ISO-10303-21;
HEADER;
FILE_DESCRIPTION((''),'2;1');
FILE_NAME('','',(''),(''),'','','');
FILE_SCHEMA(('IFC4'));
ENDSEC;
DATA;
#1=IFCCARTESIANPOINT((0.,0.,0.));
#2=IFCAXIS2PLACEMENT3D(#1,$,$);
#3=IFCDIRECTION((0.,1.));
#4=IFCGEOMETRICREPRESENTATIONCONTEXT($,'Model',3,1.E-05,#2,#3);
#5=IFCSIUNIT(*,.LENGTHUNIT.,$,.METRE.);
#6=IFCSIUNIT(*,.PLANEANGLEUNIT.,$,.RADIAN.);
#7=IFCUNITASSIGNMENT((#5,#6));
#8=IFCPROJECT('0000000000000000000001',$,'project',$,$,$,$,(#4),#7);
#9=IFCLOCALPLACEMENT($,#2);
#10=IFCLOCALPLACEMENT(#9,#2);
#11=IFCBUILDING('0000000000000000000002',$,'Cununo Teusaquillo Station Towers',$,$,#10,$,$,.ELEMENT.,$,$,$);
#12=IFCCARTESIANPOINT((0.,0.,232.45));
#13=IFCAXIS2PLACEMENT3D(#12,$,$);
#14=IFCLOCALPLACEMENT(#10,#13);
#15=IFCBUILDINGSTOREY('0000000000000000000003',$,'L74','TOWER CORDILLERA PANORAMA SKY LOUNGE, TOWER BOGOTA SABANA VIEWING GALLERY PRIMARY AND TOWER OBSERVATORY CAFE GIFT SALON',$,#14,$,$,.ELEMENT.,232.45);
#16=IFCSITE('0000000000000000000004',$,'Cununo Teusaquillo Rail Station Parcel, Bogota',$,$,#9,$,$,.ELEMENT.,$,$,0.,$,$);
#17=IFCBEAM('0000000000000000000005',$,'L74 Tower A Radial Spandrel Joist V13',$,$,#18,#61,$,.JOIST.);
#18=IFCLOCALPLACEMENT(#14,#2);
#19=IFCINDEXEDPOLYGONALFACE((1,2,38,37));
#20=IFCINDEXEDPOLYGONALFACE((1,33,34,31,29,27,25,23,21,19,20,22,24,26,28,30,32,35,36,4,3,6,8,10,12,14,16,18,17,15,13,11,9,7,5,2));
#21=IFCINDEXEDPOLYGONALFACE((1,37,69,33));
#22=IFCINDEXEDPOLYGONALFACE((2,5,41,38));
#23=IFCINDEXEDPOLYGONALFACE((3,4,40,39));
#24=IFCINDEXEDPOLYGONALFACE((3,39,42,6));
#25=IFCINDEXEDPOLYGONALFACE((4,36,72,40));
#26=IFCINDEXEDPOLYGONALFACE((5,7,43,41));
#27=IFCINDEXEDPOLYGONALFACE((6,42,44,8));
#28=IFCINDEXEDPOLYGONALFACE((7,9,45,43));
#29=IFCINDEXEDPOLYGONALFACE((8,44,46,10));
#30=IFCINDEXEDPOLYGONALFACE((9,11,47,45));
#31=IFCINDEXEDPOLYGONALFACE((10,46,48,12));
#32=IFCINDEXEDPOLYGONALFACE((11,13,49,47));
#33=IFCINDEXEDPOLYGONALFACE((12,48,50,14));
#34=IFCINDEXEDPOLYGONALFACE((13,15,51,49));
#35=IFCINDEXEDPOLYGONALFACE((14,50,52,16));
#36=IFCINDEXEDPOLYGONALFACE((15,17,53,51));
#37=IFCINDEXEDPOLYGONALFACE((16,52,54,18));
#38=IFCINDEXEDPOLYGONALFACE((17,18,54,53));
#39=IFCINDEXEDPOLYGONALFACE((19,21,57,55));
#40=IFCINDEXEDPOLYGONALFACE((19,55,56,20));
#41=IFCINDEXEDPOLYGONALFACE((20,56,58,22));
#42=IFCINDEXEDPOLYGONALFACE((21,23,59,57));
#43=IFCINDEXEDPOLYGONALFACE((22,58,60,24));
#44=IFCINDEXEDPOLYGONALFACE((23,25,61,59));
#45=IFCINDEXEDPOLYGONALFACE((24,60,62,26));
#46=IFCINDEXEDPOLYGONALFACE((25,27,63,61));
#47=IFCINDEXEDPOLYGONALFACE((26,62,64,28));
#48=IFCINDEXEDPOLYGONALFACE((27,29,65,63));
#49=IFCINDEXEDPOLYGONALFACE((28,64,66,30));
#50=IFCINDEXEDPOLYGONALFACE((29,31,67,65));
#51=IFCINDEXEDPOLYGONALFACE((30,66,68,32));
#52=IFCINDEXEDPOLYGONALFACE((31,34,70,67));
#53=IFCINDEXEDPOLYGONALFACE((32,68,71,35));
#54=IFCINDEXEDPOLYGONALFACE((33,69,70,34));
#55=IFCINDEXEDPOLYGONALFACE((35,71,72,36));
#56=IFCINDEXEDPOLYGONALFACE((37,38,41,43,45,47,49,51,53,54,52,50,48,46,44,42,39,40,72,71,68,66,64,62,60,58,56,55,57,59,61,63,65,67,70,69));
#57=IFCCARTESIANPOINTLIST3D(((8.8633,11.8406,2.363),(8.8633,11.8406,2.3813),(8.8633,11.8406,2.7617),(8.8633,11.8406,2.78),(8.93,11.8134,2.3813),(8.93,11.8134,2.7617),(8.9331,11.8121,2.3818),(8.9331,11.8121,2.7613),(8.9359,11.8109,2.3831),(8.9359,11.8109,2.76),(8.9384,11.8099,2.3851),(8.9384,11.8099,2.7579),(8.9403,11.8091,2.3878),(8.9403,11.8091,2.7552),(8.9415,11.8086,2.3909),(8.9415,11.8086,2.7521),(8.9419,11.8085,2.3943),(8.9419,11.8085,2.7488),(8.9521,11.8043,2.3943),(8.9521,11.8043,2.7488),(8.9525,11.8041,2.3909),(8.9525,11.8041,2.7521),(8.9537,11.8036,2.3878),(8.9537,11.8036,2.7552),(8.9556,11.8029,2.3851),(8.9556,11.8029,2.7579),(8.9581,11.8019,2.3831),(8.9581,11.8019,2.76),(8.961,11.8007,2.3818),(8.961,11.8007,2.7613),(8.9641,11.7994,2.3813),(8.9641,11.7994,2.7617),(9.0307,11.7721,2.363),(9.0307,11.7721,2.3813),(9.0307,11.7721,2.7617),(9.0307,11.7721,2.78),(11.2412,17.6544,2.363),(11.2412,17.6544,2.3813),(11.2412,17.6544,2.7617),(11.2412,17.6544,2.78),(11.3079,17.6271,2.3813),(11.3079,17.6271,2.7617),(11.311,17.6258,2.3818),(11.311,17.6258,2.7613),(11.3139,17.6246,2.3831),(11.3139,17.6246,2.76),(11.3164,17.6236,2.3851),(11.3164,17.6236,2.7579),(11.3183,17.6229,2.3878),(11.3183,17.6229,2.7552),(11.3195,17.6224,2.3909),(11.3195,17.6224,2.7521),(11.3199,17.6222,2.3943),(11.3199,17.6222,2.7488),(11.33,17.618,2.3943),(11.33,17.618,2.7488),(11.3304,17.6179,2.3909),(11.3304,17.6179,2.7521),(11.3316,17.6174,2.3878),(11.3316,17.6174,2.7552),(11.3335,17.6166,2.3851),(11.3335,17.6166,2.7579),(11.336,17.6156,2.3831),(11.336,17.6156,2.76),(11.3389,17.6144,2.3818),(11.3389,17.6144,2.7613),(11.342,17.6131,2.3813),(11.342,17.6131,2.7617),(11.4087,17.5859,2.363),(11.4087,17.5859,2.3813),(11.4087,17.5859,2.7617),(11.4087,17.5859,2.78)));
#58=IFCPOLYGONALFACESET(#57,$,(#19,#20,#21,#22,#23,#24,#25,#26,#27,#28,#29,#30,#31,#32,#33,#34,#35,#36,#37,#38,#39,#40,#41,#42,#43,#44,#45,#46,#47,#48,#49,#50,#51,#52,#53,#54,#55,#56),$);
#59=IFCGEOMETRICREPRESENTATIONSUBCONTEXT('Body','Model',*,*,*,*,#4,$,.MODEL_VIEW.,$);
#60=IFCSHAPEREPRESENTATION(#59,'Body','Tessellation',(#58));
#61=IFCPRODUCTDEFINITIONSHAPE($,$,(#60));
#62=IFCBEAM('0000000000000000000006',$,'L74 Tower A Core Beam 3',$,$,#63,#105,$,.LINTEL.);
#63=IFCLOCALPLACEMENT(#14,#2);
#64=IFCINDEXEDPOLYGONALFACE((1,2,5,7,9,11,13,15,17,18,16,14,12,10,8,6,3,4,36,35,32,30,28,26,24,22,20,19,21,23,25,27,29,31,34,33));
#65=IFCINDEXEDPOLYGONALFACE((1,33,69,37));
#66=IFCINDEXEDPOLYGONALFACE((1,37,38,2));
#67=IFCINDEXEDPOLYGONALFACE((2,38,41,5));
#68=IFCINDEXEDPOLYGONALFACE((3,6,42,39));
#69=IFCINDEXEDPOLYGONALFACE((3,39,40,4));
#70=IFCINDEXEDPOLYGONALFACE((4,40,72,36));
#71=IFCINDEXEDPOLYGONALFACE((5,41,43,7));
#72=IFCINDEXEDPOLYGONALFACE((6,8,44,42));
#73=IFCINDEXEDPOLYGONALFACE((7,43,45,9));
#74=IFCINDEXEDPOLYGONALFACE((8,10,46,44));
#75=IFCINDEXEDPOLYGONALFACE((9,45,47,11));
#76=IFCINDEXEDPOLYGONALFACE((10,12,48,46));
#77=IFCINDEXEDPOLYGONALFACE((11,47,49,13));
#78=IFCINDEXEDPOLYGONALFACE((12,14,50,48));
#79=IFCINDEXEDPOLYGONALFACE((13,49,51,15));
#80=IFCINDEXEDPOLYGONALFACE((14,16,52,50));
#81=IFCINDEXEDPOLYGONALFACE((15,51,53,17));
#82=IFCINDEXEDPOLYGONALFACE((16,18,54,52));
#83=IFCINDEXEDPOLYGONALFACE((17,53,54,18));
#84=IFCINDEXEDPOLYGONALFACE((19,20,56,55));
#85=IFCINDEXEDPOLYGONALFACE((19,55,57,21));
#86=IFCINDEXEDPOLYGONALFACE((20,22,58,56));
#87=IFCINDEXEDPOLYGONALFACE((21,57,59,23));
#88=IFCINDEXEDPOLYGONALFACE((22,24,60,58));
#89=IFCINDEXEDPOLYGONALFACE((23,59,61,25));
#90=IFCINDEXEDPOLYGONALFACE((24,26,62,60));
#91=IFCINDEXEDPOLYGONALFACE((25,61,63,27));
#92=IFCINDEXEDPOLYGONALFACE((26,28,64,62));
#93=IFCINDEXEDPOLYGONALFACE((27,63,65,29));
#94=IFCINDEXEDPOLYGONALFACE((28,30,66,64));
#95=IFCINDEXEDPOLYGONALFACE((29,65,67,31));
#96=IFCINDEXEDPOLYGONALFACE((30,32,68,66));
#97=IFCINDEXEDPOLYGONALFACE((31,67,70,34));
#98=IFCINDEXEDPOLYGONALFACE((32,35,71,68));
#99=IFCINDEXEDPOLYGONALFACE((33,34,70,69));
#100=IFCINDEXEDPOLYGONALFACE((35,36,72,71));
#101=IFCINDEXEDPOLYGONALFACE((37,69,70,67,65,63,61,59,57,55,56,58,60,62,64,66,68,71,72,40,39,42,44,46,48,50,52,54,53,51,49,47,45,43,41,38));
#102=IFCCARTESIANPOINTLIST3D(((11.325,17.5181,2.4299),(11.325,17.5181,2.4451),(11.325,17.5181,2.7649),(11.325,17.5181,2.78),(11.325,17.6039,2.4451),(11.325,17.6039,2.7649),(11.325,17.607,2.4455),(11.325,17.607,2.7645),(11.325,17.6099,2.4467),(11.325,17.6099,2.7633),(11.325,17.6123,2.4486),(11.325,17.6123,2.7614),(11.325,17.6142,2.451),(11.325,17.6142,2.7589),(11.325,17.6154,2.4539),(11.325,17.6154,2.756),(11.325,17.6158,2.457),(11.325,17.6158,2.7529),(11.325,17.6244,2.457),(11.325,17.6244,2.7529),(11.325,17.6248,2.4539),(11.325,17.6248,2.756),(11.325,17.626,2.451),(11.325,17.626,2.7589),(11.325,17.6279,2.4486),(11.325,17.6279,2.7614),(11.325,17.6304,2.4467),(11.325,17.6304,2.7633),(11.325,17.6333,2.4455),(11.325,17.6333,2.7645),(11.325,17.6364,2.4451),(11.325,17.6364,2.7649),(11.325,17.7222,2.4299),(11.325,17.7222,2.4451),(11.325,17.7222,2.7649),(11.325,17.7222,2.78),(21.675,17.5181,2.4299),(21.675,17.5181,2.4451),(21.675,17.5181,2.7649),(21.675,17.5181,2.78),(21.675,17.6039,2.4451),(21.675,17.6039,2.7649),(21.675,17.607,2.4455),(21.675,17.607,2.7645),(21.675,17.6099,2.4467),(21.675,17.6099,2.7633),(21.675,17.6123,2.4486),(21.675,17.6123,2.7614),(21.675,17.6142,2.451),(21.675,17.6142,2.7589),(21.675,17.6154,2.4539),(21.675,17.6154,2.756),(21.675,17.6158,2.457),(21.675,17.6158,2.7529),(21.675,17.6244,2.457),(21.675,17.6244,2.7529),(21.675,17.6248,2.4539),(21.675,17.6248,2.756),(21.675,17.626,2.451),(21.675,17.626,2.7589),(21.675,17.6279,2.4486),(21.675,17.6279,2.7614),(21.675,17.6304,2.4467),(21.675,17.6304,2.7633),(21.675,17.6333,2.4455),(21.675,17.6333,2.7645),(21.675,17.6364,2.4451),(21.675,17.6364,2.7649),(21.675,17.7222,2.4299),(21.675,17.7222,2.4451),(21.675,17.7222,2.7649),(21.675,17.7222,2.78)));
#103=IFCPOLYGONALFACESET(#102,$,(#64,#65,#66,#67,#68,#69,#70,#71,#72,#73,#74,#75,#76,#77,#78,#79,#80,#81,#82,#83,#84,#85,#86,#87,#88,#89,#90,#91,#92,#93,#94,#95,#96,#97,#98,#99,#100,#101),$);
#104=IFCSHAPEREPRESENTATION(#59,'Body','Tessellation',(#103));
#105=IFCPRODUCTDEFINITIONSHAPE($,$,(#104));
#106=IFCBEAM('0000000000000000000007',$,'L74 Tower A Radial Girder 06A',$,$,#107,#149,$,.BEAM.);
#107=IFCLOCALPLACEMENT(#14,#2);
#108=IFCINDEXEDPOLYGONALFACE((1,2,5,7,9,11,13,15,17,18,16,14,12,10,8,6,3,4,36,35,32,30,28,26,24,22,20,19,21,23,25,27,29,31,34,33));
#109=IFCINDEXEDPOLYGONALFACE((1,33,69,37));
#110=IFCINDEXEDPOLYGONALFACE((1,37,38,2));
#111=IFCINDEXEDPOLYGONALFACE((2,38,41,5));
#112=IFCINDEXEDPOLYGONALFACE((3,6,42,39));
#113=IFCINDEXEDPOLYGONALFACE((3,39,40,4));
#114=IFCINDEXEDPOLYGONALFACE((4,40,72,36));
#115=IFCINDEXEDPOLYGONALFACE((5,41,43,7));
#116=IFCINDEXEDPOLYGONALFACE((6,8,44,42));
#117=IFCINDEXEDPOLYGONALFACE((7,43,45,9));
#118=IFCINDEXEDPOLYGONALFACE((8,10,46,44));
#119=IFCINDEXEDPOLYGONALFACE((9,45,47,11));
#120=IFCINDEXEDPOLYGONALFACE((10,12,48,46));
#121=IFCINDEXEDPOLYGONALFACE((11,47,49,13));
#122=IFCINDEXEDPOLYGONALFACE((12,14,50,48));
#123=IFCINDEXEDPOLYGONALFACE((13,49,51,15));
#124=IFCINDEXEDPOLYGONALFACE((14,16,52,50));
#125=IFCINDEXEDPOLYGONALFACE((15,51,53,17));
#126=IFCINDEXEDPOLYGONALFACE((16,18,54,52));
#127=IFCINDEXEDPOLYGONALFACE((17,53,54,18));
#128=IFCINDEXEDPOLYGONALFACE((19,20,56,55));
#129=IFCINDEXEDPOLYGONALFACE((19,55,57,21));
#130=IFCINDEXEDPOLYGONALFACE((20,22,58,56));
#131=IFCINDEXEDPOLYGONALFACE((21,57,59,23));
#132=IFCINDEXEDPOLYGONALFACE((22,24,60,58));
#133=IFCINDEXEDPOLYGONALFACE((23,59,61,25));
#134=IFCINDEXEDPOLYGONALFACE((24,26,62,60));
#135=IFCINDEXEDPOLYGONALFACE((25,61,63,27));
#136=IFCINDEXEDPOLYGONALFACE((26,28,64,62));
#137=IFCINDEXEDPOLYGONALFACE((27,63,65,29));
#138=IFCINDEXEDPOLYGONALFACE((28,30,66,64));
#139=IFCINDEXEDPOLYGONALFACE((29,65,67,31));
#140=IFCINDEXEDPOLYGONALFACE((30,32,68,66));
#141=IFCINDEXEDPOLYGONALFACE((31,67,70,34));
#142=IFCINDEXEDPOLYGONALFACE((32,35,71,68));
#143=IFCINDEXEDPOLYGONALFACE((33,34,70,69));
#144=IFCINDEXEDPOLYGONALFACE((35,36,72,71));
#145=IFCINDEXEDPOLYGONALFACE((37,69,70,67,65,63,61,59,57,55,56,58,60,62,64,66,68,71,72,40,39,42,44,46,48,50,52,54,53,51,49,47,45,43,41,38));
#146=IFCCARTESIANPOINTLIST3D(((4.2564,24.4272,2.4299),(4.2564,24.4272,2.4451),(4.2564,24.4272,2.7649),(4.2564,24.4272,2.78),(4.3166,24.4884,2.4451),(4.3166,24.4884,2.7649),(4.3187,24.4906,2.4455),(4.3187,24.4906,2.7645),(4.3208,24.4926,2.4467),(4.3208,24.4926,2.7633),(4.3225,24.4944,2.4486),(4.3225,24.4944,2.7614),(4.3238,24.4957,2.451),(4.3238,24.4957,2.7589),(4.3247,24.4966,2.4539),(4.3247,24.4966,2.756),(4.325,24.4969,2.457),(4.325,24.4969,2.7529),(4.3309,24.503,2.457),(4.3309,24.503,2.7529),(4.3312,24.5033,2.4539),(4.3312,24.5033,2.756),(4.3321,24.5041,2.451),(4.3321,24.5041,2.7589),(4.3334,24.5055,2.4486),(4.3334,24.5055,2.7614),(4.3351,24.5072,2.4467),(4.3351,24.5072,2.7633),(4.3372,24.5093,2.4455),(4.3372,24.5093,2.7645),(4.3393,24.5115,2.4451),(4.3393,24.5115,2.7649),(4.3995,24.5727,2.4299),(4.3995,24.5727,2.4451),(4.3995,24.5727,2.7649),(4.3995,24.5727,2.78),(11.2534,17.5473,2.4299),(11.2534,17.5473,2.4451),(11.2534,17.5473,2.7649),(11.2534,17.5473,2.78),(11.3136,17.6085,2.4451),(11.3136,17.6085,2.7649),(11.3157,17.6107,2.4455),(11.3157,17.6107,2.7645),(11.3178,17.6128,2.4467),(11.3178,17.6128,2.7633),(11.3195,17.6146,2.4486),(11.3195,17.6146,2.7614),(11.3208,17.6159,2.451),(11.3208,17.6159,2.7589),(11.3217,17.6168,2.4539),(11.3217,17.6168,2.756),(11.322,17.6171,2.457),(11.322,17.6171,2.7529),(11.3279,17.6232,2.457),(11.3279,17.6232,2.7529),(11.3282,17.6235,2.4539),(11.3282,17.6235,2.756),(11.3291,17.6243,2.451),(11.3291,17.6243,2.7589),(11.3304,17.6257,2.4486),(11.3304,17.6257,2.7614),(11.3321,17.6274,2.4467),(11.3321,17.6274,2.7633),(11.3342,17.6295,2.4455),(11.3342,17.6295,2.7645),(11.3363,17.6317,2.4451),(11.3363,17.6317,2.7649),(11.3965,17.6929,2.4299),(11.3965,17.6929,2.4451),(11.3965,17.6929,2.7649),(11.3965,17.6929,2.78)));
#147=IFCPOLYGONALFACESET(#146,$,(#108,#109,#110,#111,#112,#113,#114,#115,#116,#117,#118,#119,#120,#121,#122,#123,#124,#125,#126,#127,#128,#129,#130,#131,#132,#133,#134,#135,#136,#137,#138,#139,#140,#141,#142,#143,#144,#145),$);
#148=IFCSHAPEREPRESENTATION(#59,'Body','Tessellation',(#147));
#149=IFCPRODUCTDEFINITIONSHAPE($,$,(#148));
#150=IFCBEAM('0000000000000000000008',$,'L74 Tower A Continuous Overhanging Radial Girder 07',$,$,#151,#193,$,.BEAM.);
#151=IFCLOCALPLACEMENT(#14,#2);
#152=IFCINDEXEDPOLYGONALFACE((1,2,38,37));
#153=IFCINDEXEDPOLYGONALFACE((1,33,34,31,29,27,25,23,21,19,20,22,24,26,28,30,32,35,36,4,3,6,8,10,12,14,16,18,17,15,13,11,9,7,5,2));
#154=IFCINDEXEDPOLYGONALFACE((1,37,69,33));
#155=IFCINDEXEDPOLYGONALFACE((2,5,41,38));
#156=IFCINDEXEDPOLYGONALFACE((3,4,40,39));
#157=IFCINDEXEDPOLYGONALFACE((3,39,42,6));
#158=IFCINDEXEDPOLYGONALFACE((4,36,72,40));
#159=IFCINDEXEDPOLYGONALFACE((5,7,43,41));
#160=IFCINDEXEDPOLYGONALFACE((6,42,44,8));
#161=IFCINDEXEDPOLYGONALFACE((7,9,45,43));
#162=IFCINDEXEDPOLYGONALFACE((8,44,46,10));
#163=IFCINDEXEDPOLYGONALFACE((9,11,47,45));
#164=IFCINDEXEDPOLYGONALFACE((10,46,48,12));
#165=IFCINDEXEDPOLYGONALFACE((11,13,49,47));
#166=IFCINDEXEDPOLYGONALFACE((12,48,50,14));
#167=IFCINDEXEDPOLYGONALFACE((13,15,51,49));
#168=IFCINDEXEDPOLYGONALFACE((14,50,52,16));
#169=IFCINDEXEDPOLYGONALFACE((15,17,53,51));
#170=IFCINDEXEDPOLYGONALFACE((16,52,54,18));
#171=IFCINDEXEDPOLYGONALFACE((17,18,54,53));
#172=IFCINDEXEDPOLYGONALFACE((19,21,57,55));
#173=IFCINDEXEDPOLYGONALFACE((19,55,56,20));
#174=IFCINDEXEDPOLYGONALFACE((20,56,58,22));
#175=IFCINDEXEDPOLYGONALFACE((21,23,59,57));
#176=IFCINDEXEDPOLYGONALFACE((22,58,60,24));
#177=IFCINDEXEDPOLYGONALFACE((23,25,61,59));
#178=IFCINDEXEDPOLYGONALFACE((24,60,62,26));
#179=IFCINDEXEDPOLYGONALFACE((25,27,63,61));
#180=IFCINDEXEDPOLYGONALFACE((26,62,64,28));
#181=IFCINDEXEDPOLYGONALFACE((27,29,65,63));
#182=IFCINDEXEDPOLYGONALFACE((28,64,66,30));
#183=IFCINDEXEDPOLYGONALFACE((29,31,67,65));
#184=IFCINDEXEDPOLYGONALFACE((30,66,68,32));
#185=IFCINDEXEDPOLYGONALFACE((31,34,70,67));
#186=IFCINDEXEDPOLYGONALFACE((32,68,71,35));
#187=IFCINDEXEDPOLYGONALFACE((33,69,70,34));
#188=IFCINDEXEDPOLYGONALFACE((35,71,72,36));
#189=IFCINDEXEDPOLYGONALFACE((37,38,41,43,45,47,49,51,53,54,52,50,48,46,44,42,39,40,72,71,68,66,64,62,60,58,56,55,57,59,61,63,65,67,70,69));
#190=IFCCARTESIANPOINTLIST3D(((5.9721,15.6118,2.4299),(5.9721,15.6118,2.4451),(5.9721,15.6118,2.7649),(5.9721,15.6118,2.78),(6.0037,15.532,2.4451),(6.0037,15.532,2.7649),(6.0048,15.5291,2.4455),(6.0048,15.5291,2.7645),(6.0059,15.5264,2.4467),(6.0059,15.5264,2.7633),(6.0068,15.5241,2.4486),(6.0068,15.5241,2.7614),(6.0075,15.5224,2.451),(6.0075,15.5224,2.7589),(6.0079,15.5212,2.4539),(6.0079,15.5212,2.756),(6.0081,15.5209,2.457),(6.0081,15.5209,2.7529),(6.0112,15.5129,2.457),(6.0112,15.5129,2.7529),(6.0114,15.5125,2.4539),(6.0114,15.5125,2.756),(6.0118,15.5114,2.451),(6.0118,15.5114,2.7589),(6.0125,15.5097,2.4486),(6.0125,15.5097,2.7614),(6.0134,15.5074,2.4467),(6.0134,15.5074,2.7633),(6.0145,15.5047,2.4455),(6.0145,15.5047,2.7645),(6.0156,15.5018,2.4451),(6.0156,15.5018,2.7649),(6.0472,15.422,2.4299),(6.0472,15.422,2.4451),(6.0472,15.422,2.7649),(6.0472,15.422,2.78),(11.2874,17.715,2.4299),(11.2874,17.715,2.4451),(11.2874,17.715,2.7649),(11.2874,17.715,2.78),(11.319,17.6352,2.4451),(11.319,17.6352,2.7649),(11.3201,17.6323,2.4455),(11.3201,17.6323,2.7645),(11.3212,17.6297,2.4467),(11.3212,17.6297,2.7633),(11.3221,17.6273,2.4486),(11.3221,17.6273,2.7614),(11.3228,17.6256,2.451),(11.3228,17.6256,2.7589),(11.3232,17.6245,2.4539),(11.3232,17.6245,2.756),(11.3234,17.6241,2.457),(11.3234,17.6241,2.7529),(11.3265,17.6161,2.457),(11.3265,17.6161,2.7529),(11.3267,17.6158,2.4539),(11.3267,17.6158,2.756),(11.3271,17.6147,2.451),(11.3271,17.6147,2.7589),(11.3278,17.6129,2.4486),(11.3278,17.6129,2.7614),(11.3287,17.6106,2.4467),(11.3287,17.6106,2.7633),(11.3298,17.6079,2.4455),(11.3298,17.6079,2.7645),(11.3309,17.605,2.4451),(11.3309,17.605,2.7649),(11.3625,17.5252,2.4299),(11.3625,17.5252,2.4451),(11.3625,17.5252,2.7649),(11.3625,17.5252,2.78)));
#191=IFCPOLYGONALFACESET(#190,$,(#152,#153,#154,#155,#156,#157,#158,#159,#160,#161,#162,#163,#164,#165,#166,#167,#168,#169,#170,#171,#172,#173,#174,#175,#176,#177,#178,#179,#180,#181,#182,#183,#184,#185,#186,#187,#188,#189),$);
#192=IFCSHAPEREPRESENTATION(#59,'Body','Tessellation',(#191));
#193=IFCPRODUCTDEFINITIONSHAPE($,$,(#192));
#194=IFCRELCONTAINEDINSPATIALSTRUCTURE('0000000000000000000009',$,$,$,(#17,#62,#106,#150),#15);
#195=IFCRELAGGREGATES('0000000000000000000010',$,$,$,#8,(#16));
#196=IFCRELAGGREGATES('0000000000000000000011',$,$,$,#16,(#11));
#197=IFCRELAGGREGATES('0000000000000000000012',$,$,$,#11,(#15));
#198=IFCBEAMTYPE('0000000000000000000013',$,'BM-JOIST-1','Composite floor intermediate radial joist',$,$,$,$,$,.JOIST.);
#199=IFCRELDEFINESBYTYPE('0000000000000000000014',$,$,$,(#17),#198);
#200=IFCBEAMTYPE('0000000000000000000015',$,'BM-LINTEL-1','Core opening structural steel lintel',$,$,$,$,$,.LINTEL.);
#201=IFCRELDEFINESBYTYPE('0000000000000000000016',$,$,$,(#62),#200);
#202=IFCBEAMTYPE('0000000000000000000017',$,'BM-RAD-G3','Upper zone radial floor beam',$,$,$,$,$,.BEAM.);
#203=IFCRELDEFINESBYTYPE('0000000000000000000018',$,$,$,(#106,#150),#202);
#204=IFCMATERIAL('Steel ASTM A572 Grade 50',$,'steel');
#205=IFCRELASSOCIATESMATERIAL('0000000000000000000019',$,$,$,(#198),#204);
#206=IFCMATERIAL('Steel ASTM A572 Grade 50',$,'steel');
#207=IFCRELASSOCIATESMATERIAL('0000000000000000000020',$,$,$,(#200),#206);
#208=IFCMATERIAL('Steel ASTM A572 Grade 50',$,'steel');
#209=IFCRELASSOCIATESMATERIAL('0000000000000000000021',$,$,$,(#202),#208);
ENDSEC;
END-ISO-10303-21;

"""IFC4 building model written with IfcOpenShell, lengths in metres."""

from ifc_helpers import new_model, si_unit, direction, frame, origin, origin_2d, place, context, subcontext, project, spatial, i_section, extrude, material, material_profile, profile_set, type_object, element, save


model = new_model("IFC4")

# Units and contexts
model_context = context("Model", 3, precision=1e-05, world=origin(), true_north=direction((0.0, 1.0)))
body_context = subcontext(model_context, "Body", "Model", "MODEL_VIEW")
ifc_project = project(units=[si_unit("LENGTHUNIT", "METRE"), si_unit("PLANEANGLEUNIT", "RADIAN")], contexts=[model_context])

# Site, building, storey
site_placement = place(None, origin())
site = spatial("IfcSite", under=ifc_project, at=site_placement, Name="Cununo Teusaquillo Rail Station Parcel, Bogota", CompositionType="ELEMENT", RefElevation=0.0)
building_placement = place(site_placement, origin())
building = spatial("IfcBuilding", under=site, at=building_placement, Name="Cununo Teusaquillo Station Towers", CompositionType="ELEMENT")
storey_placement = place(building_placement, frame((0.0, 0.0, 232.45)))
storey = spatial("IfcBuildingStorey", under=building, at=storey_placement, Name="L74", Description="TOWER CORDILLERA PANORAMA SKY LOUNGE, TOWER BOGOTA SABANA VIEWING GALLERY PRIMARY AND TOWER OBSERVATORY CAFE GIFT SALON", CompositionType="ELEMENT", Elevation=232.45)

# Beams
ifc_material_1 = material(Name="Steel ASTM A572 Grade 50", Category="steel")
ifc_material_profile_1 = material_profile(ifc_material_1, i_section(OverallWidth=0.1809, OverallDepth=0.417, WebThickness=0.011, FlangeThickness=0.0183, FilletRadius=0.0129, at=origin_2d()), Name="W16X57")
ifc_profile_set_1 = profile_set([ifc_material_profile_1], Name="Steel ASTM A572 Grade 50")
beam_type_1 = type_object("IfcBeamType", Name="BM-JOIST-1", Description="Composite floor intermediate radial joist", PredefinedType="JOIST", material=ifc_profile_set_1)
beam_1_placement = place(storey_placement, frame((11.325, 17.6201, 2.5715), z_axis=(-0.378577, -0.92557, 0.0), x_axis=(0.92557, -0.378577, 0.0)))
element("IfcBeam", 1, at=beam_1_placement, inside=storey, type_object=beam_type_1, Name="L74 Tower A Radial Spandrel Joist V13", PredefinedType="JOIST", context=body_context, shape_type="SweptSolid", body=[
    extrude(i_section(OverallWidth=0.1809, OverallDepth=0.417, WebThickness=0.011, FlangeThickness=0.0183, FilletRadius=0.0129, at=origin_2d()), origin(), (0.0, 0.0, 1.0), 6.2812),
])
ifc_material_2 = material(Name="Steel ASTM A572 Grade 50", Category="steel")
ifc_material_profile_2 = material_profile(ifc_material_2, i_section(OverallWidth=0.2041, OverallDepth=0.3501, WebThickness=0.0085, FlangeThickness=0.0151, FilletRadius=0.012, at=origin_2d()), Name="W14X48")
ifc_profile_set_2 = profile_set([ifc_material_profile_2], Name="Steel ASTM A572 Grade 50")
beam_type_2 = type_object("IfcBeamType", Name="BM-LINTEL-1", Description="Core opening structural steel lintel", PredefinedType="LINTEL", material=ifc_profile_set_2)
beam_2_placement = place(storey_placement, frame((11.325, 17.6201, 2.605), z_axis=(1.0, 0.0, 0.0), x_axis=(0.0, 1.0, 0.0)))
element("IfcBeam", 2, at=beam_2_placement, inside=storey, type_object=beam_type_2, Name="L74 Tower A Core Beam 3", PredefinedType="LINTEL", context=body_context, shape_type="SweptSolid", body=[
    extrude(i_section(OverallWidth=0.2041, OverallDepth=0.3501, WebThickness=0.0085, FlangeThickness=0.0151, FilletRadius=0.012, at=origin_2d()), origin(), (0.0, 0.0, 1.0), 10.3501),
])
ifc_material_3 = material(Name="Steel ASTM A572 Grade 50", Category="steel")
ifc_material_profile_3 = material_profile(ifc_material_3, i_section(OverallWidth=0.2041, OverallDepth=0.3501, WebThickness=0.0085, FlangeThickness=0.0151, FilletRadius=0.012, at=origin_2d()), Name="W14X48")
ifc_profile_set_3 = profile_set([ifc_material_profile_3], Name="Steel ASTM A572 Grade 50")
beam_type_3 = type_object("IfcBeamType", Name="BM-RAD-G3", Description="Upper zone radial floor beam", PredefinedType="BEAM", material=ifc_profile_set_3)
beam_3_placement = place(storey_placement, frame((11.325, 17.6201, 2.605), z_axis=(-0.713053, 0.70111, 0.0), x_axis=(-0.70111, -0.713053, 0.0)))
element("IfcBeam", 3, at=beam_3_placement, inside=storey, type_object=beam_type_3, Name="L74 Tower A Radial Girder 06A", PredefinedType="BEAM", context=body_context, shape_type="SweptSolid", body=[
    extrude(i_section(OverallWidth=0.2041, OverallDepth=0.3501, WebThickness=0.0085, FlangeThickness=0.0151, FilletRadius=0.012, at=origin_2d()), origin(), (0.0, 0.0, 1.0), 9.8127),
])
beam_4_placement = place(storey_placement, frame((11.325, 17.6201, 2.605), z_axis=(-0.929852, -0.367935, 0.0), x_axis=(0.367935, -0.929852, 0.0)))
element("IfcBeam", 4, at=beam_4_placement, inside=storey, type_object=beam_type_3, Name="L74 Tower A Continuous Overhanging Radial Girder 07", PredefinedType="BEAM", context=body_context, shape_type="SweptSolid", body=[
    extrude(i_section(OverallWidth=0.2041, OverallDepth=0.3501, WebThickness=0.0085, FlangeThickness=0.0151, FilletRadius=0.012, at=origin_2d()), origin(), (0.0, 0.0, 1.0), 5.7163),
])

save(model, "model.ifc")
